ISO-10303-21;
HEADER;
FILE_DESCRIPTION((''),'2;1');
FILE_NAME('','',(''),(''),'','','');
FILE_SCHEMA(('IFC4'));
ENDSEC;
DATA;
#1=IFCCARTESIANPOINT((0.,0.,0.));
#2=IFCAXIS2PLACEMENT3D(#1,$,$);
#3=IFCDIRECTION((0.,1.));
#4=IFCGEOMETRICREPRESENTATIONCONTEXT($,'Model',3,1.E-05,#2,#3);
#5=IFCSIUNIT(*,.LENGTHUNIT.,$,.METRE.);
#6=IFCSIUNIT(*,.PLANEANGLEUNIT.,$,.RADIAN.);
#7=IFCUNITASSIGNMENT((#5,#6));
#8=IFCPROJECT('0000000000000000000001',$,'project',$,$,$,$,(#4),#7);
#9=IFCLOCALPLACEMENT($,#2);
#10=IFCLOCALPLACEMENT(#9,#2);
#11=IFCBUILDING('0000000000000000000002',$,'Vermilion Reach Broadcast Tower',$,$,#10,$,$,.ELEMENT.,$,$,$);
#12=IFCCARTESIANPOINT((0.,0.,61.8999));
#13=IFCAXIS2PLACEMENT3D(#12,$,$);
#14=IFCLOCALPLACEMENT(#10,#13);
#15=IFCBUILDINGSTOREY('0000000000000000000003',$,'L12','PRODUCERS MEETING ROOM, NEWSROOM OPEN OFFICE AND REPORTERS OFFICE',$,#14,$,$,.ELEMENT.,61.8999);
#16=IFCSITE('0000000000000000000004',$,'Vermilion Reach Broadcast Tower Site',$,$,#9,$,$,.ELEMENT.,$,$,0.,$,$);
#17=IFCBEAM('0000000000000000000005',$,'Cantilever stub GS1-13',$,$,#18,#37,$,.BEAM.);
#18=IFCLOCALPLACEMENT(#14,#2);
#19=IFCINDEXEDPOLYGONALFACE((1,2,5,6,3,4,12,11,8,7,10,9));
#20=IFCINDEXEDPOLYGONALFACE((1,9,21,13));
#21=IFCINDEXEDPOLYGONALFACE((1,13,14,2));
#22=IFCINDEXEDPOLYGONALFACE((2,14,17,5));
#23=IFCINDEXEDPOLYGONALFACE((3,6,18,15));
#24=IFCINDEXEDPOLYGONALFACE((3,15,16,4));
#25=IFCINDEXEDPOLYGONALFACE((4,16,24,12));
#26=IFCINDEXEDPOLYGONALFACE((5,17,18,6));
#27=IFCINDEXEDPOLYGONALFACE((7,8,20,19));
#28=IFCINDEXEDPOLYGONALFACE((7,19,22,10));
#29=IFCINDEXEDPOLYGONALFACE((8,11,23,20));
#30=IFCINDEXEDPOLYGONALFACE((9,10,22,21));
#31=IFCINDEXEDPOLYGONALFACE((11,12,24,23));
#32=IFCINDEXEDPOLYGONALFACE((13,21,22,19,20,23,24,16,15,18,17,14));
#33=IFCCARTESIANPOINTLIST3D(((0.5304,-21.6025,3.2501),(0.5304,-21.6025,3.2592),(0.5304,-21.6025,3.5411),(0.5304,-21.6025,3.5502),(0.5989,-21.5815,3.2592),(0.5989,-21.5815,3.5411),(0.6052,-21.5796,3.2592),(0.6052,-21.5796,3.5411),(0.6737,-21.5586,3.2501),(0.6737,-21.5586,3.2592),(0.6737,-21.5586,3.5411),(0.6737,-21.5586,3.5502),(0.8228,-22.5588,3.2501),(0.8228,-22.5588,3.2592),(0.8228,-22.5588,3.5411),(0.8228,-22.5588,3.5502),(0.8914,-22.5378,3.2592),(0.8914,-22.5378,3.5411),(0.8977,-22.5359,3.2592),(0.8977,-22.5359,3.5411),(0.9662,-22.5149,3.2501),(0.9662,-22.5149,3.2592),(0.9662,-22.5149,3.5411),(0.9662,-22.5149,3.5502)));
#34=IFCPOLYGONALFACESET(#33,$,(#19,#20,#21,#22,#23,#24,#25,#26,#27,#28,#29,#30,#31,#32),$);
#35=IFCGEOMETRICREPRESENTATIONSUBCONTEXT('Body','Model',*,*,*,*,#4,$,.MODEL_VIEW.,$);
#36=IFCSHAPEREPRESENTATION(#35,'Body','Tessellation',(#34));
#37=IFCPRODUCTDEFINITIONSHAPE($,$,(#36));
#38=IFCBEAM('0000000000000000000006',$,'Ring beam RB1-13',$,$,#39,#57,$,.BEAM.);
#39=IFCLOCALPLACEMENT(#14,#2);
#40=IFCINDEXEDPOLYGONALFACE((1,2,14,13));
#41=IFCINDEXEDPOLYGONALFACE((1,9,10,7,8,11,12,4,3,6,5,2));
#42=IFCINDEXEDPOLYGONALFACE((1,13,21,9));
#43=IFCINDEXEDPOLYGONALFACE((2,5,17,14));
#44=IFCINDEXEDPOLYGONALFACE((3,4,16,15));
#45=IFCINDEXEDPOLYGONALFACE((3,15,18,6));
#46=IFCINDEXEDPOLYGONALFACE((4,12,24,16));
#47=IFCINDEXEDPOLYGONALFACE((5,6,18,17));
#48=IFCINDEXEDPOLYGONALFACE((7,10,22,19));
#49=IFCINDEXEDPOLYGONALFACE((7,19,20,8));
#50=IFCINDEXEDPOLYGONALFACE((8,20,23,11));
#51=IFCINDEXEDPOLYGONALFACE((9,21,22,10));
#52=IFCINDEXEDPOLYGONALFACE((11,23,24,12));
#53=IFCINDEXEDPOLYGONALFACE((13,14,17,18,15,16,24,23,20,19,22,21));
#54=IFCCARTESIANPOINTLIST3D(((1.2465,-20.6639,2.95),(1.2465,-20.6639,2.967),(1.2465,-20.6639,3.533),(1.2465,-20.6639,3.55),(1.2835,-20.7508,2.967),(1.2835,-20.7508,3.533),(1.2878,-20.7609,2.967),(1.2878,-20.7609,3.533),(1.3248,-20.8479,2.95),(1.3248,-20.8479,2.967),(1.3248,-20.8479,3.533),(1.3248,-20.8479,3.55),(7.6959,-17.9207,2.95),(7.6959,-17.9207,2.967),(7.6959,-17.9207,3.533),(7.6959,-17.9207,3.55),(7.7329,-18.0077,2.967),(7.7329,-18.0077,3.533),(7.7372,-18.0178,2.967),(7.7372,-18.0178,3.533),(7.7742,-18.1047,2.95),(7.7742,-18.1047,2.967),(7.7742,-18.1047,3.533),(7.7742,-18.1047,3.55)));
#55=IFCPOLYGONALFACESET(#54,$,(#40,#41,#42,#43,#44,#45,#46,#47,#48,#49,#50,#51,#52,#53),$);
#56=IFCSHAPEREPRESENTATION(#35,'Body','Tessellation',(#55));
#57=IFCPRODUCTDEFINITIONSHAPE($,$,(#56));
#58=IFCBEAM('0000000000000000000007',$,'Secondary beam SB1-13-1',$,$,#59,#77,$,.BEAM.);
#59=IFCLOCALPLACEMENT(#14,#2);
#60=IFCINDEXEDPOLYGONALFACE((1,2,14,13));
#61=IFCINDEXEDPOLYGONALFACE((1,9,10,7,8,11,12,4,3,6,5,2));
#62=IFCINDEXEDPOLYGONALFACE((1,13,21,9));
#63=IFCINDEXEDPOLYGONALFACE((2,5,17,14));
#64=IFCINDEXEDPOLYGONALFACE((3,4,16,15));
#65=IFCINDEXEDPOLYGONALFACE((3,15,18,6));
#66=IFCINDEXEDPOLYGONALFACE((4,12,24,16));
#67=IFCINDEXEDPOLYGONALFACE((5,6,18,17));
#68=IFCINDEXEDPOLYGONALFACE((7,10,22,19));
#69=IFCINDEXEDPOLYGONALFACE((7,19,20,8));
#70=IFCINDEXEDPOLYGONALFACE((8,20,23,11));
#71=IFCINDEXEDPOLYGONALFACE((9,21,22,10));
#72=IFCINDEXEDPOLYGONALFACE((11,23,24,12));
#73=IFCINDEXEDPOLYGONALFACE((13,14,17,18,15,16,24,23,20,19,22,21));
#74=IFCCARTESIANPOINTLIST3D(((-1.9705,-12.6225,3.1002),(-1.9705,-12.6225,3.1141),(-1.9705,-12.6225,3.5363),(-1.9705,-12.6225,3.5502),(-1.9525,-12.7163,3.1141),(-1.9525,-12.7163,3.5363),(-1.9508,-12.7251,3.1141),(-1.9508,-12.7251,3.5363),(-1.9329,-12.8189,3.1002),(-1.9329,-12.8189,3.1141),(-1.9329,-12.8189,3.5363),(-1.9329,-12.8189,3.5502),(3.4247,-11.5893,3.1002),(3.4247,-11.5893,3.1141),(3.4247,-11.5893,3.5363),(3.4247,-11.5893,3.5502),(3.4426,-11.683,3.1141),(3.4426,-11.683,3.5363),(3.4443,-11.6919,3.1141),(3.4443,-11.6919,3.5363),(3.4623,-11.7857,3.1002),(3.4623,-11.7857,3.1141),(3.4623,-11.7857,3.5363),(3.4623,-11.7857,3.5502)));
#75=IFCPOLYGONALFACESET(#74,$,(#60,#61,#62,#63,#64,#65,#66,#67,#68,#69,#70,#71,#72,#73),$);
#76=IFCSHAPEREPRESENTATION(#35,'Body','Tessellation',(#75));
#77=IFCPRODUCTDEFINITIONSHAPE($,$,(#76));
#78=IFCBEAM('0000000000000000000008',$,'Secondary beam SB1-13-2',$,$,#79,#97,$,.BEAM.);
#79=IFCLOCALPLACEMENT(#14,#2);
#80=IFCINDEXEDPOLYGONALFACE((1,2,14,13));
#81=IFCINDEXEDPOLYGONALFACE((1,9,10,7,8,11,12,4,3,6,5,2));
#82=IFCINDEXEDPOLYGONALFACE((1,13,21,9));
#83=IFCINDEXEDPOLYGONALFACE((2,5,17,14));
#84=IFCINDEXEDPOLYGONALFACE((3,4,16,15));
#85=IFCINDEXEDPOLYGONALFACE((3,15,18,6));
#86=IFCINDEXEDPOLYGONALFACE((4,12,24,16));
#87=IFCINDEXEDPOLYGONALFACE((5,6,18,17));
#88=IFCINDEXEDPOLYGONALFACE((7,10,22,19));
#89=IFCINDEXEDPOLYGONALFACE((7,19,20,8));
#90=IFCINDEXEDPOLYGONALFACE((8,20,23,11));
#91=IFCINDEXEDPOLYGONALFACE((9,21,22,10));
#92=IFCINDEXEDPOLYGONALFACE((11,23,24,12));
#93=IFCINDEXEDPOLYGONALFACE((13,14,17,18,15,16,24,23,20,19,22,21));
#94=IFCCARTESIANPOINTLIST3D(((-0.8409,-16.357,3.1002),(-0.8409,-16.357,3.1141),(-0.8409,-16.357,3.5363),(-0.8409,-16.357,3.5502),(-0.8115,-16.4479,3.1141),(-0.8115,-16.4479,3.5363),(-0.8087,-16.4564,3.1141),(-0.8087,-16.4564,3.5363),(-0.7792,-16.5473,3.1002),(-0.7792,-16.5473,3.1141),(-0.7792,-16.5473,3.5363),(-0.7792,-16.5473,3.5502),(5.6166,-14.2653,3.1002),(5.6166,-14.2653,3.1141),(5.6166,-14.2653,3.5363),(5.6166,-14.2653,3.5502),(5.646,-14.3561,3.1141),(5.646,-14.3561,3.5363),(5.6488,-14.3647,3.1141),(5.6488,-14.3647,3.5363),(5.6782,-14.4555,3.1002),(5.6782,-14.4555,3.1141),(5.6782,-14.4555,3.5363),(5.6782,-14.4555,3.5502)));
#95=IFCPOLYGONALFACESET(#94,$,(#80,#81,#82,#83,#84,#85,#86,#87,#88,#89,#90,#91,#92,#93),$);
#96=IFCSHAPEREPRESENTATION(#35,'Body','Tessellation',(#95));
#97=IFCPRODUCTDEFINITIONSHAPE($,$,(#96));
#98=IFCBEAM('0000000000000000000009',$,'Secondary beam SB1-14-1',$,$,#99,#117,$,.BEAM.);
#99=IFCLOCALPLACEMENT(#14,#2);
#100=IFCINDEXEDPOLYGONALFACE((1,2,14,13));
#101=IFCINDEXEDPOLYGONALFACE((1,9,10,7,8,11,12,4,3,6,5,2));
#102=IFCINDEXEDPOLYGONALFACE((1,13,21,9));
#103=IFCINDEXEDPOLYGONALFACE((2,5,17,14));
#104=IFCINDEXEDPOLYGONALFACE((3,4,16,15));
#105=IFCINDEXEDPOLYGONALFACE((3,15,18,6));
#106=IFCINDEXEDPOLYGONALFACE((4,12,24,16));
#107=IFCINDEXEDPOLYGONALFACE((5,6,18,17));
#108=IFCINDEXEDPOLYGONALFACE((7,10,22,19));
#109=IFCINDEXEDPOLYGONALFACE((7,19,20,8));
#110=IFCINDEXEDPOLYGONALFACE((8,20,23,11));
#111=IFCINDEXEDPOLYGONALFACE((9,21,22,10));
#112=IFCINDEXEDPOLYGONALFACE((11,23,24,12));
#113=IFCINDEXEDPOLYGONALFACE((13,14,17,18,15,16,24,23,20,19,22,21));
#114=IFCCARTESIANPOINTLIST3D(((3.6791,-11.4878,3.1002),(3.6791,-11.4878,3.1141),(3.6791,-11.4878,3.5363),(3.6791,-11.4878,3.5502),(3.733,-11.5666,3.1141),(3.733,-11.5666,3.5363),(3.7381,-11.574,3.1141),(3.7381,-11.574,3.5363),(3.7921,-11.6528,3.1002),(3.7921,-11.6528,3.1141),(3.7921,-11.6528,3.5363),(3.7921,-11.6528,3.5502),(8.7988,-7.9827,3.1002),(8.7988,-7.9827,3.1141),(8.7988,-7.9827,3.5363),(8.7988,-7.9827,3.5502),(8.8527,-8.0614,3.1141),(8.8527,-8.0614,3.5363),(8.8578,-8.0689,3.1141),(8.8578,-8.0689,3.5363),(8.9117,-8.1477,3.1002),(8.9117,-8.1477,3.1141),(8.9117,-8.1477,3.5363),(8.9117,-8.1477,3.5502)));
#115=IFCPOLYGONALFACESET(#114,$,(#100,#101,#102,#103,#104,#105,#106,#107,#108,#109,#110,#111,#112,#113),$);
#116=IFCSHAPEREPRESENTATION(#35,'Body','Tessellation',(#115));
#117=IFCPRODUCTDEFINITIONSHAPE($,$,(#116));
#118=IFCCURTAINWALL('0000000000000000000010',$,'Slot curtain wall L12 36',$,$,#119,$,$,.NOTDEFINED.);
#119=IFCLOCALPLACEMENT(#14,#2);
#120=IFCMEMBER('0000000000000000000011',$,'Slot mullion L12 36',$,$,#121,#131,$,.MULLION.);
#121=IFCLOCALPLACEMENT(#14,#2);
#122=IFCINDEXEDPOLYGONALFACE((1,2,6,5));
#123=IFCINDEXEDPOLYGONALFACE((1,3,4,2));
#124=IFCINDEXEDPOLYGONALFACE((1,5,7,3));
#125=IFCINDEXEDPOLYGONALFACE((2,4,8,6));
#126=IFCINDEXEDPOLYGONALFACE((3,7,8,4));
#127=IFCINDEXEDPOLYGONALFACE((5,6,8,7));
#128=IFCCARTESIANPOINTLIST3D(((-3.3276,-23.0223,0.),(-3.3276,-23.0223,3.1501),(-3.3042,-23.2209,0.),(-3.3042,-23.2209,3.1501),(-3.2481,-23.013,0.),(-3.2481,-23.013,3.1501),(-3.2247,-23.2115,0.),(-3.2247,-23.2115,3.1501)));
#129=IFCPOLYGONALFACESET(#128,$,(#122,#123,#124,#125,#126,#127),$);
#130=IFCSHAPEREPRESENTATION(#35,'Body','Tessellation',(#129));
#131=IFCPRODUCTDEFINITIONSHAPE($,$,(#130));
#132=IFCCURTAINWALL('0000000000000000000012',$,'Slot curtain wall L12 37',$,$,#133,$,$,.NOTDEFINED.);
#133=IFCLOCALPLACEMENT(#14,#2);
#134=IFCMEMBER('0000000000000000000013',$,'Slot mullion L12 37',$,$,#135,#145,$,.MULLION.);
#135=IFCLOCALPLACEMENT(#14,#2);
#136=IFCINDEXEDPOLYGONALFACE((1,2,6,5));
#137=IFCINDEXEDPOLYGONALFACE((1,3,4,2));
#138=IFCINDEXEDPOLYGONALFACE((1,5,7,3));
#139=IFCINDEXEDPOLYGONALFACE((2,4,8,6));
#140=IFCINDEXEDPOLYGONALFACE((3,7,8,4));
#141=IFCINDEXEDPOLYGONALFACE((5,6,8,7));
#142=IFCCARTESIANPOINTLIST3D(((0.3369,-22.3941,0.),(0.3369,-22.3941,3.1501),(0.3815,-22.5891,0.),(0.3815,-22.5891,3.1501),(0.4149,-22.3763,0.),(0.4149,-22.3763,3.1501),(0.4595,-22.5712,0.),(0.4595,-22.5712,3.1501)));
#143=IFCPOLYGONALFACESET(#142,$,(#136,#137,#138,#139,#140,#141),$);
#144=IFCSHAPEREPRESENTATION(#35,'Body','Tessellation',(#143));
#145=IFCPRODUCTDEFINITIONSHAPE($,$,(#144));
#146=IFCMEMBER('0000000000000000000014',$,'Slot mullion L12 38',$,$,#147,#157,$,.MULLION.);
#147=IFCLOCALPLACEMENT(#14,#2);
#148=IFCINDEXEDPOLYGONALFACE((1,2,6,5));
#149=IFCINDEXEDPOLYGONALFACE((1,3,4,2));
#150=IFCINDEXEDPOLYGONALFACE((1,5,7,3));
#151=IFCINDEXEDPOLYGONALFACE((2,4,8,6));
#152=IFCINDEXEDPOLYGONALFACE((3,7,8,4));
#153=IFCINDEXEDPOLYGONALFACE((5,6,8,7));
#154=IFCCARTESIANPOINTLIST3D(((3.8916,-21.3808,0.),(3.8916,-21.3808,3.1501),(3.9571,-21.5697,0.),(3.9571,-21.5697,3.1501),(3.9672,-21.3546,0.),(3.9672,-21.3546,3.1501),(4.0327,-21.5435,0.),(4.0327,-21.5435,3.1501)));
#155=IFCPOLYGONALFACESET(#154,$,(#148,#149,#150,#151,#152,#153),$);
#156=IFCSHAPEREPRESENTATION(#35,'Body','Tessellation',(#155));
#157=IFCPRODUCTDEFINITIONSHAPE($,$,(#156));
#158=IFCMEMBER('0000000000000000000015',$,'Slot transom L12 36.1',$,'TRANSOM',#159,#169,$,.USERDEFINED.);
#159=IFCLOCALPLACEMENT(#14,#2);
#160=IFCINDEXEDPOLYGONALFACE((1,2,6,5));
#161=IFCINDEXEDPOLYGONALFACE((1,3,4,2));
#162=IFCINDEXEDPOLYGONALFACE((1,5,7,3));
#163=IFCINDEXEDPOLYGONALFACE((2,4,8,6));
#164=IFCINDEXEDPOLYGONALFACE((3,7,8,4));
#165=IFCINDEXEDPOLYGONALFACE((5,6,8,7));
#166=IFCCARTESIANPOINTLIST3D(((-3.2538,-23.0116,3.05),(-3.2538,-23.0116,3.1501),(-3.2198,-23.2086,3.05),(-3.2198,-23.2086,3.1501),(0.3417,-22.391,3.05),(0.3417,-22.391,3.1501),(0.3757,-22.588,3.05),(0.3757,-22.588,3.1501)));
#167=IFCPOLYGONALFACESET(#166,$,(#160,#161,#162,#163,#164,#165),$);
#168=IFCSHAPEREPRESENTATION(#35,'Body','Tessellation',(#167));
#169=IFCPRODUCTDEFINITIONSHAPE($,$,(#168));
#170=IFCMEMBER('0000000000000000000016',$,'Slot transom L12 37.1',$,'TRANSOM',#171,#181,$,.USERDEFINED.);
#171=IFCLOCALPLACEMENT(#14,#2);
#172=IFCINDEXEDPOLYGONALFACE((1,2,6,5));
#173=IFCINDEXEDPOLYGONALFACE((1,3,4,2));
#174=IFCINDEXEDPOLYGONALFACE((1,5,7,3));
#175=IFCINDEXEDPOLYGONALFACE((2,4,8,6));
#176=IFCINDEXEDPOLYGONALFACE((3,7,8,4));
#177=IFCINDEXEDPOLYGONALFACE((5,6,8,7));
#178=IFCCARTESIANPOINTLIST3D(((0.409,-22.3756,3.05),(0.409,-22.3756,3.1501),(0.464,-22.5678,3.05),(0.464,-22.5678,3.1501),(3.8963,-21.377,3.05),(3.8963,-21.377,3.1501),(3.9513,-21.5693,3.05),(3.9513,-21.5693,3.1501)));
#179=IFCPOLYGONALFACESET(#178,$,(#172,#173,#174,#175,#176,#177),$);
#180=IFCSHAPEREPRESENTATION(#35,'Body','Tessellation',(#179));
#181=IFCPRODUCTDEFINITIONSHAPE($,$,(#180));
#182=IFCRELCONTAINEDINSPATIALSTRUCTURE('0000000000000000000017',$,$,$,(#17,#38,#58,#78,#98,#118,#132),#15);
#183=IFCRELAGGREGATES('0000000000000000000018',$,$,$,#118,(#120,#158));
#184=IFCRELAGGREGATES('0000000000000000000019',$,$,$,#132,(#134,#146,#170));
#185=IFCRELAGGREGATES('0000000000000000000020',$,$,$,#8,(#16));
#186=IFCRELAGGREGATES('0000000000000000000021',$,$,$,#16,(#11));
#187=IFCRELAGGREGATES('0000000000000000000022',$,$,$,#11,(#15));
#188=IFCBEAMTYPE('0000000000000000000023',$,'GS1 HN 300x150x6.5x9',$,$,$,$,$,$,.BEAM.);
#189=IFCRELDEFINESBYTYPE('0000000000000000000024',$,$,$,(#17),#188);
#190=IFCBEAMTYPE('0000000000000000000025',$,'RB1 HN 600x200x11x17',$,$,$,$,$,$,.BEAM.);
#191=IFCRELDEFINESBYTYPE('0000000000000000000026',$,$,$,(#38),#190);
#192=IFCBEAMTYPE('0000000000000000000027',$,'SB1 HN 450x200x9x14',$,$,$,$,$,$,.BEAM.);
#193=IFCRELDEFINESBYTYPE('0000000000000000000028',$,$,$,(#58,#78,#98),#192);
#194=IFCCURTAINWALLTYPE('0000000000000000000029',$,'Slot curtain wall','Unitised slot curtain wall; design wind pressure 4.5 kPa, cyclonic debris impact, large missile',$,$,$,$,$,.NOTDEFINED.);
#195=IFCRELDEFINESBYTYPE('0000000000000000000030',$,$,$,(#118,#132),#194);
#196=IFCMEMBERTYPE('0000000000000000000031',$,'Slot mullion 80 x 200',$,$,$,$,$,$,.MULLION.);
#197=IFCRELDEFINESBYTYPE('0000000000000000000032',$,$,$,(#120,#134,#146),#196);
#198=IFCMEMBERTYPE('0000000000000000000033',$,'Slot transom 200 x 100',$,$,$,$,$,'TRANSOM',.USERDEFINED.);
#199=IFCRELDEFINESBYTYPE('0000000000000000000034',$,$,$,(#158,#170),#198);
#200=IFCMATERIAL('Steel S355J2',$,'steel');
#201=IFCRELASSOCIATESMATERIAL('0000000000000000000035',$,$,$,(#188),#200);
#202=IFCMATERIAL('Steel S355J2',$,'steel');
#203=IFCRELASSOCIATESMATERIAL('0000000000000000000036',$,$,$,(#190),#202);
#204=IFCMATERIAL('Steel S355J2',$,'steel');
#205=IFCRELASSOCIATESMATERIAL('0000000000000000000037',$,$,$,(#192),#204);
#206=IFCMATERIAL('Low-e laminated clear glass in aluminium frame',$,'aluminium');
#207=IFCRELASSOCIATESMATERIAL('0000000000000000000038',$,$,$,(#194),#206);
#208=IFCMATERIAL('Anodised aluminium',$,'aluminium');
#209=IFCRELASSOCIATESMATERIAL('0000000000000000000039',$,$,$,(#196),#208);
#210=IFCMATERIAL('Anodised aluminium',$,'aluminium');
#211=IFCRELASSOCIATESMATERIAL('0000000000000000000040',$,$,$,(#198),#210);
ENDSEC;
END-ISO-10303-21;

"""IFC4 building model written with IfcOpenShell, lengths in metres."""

from ifc_helpers import new_model, si_unit, direction, frame, origin, origin_2d, place, context, subcontext, project, spatial, rectangle, i_section, extrude, material, material_profile, profile_set, type_object, element, aggregate, save


model = new_model("IFC4")

# Units and contexts
model_context = context("Model", 3, precision=1e-05, world=origin(), true_north=direction((0.0, 1.0)))
body_context = subcontext(model_context, "Body", "Model", "MODEL_VIEW")
ifc_project = project(units=[si_unit("LENGTHUNIT", "METRE"), si_unit("PLANEANGLEUNIT", "RADIAN")], contexts=[model_context])

# Site, building, storey
site_placement = place(None, origin())
site = spatial("IfcSite", under=ifc_project, at=site_placement, Name="Vermilion Reach Broadcast Tower Site", CompositionType="ELEMENT", RefElevation=0.0)
building_placement = place(site_placement, origin())
building = spatial("IfcBuilding", under=site, at=building_placement, Name="Vermilion Reach Broadcast Tower", CompositionType="ELEMENT")
storey_placement = place(building_placement, frame((0.0, 0.0, 61.8999)))
storey = spatial("IfcBuildingStorey", under=building, at=storey_placement, Name="L12", Description="PRODUCERS MEETING ROOM, NEWSROOM OPEN OFFICE AND REPORTERS OFFICE", CompositionType="ELEMENT", Elevation=61.8999)

# Beams
ifc_material_1 = material(Name="Steel S355J2", Category="steel")
ifc_material_profile_1 = material_profile(ifc_material_1, i_section(OverallWidth=0.1499, OverallDepth=0.3, WebThickness=0.0066, FlangeThickness=0.009, at=origin_2d()), Name="S355J2 HN 300x150x6.5x9")
ifc_profile_set_1 = profile_set([ifc_material_profile_1], Name="Steel S355J2")
beam_type_1 = type_object("IfcBeamType", Name="GS1 HN 300x150x6.5x9", PredefinedType="BEAM", material=ifc_profile_set_1)
beam_1_placement = place(storey_placement, frame((0.6021, -21.5806, 3.4001), z_axis=(0.292473, -0.956274, 0.0), x_axis=(0.956274, 0.292473, 0.0)))
element("IfcBeam", 1, at=beam_1_placement, inside=storey, type_object=beam_type_1, Name="Cantilever stub GS1-13", PredefinedType="BEAM", context=body_context, shape_type="SweptSolid", body=[
    extrude(i_section(OverallWidth=0.1499, OverallDepth=0.3, WebThickness=0.0066, FlangeThickness=0.009, at=origin_2d()), origin(), (0.0, 0.0, 1.0), 1.0),
])
ifc_material_2 = material(Name="Steel S355J2", Category="steel")
ifc_material_profile_2 = material_profile(ifc_material_2, i_section(OverallWidth=0.2, OverallDepth=0.6001, WebThickness=0.011, FlangeThickness=0.0171, at=origin_2d()), Name="S355J2 HN 600x200x11x17")
ifc_profile_set_2 = profile_set([ifc_material_profile_2], Name="Steel S355J2")
beam_type_2 = type_object("IfcBeamType", Name="RB1 HN 600x200x11x17", PredefinedType="BEAM", material=ifc_profile_set_2)
beam_2_placement = place(storey_placement, frame((1.2856, -20.7559, 3.25), z_axis=(0.920221, 0.3914, 0.0), x_axis=(-0.3914, 0.920221, 0.0)))
element("IfcBeam", 2, at=beam_2_placement, inside=storey, type_object=beam_type_2, Name="Ring beam RB1-13", PredefinedType="BEAM", context=body_context, shape_type="SweptSolid", body=[
    extrude(i_section(OverallWidth=0.2, OverallDepth=0.6001, WebThickness=0.011, FlangeThickness=0.0171, at=origin_2d()), origin(), (0.0, 0.0, 1.0), 7.0085),
])
ifc_material_3 = material(Name="Steel S355J2", Category="steel")
ifc_material_profile_3 = material_profile(ifc_material_3, i_section(OverallWidth=0.2, OverallDepth=0.45, WebThickness=0.009, FlangeThickness=0.0139, at=origin_2d()), Name="S355J2 HN 450x200x9x14")
ifc_profile_set_3 = profile_set([ifc_material_profile_3], Name="Steel S355J2")
beam_type_3 = type_object("IfcBeamType", Name="SB1 HN 450x200x9x14", PredefinedType="BEAM", material=ifc_profile_set_3)
beam_3_placement = place(storey_placement, frame((-1.9517, -12.7207, 3.3252), z_axis=(0.982151, 0.188092, 0.0), x_axis=(-0.188092, 0.982151, 0.0)))
element("IfcBeam", 3, at=beam_3_placement, inside=storey, type_object=beam_type_3, Name="Secondary beam SB1-13-1", PredefinedType="BEAM", context=body_context, shape_type="SweptSolid", body=[
    extrude(i_section(OverallWidth=0.2, OverallDepth=0.45, WebThickness=0.009, FlangeThickness=0.0139, at=origin_2d()), origin(), (0.0, 0.0, 1.0), 5.4932),
])
beam_4_placement = place(storey_placement, frame((-0.8101, -16.4521, 3.3252), z_axis=(0.951332, 0.308167, 0.0), x_axis=(-0.308167, 0.951332, 0.0)))
element("IfcBeam", 4, at=beam_4_placement, inside=storey, type_object=beam_type_3, Name="Secondary beam SB1-13-2", PredefinedType="BEAM", context=body_context, shape_type="SweptSolid", body=[
    extrude(i_section(OverallWidth=0.2, OverallDepth=0.45, WebThickness=0.009, FlangeThickness=0.0139, at=origin_2d()), origin(), (0.0, 0.0, 1.0), 6.7878),
])
beam_5_placement = place(storey_placement, frame((3.7356, -11.5703, 3.3252), z_axis=(0.82514, 0.564928, 0.0), x_axis=(-0.564928, 0.82514, 0.0)))
element("IfcBeam", 5, at=beam_5_placement, inside=storey, type_object=beam_type_3, Name="Secondary beam SB1-14-1", PredefinedType="BEAM", context=body_context, shape_type="SweptSolid", body=[
    extrude(i_section(OverallWidth=0.2, OverallDepth=0.45, WebThickness=0.009, FlangeThickness=0.0139, at=origin_2d()), origin(), (0.0, 0.0, 1.0), 6.2046),
])

# Curtain wall, member
ifc_material_4 = material(Name="Low-e laminated clear glass in aluminium frame", Category="aluminium")
curtain_wall_type = type_object("IfcCurtainWallType", Name="Slot curtain wall", Description="Unitised slot curtain wall; design wind pressure 4.5 kPa, cyclonic debris impact, large missile", PredefinedType="NOTDEFINED", material=ifc_material_4)
placement = place(storey_placement, origin())
curtain_wall_1 = element("IfcCurtainWall", 6, at=placement, inside=storey, type_object=curtain_wall_type, Name="Slot curtain wall L12 36", PredefinedType="NOTDEFINED")
ifc_material_5 = material(Name="Anodised aluminium", Category="aluminium")
ifc_material_profile_4 = material_profile(ifc_material_5, rectangle(XDim=0.2, YDim=0.0801, at=origin_2d()), Name="Slot mullion 80 x 200")
ifc_profile_set_4 = profile_set([ifc_material_profile_4], Name="Anodised aluminium")
member_type_1 = type_object("IfcMemberType", Name="Slot mullion 80 x 200", PredefinedType="MULLION", material=ifc_profile_set_4)
member_1_placement = place(storey_placement, frame((-3.2761, -23.1169, 0.0), z_axis=(0.0, 0.0, 1.0), x_axis=(-0.117017, 0.99313, 0.0)))
member_1 = element("IfcMember", 7, at=member_1_placement, type_object=member_type_1, Name="Slot mullion L12 36", PredefinedType="MULLION", context=body_context, shape_type="SweptSolid", body=[
    extrude(rectangle(XDim=0.2, YDim=0.0801, at=origin_2d()), origin(), (0.0, 0.0, 1.0), 3.1501),
])

# Curtain wall, members
curtain_wall_2 = element("IfcCurtainWall", 8, at=placement, inside=storey, type_object=curtain_wall_type, Name="Slot curtain wall L12 37", PredefinedType="NOTDEFINED")
member_2_placement = place(storey_placement, frame((0.3982, -22.4827, 0.0), z_axis=(0.0, 0.0, 1.0), x_axis=(-0.223011, 0.974816, 0.0)))
member_2 = element("IfcMember", 9, at=member_2_placement, type_object=member_type_1, Name="Slot mullion L12 37", PredefinedType="MULLION", context=body_context, shape_type="SweptSolid", body=[
    extrude(rectangle(XDim=0.2, YDim=0.0801, at=origin_2d()), origin(), (0.0, 0.0, 1.0), 3.1501),
])
member_3_placement = place(storey_placement, frame((3.9622, -21.4622, 0.0), z_axis=(0.0, 0.0, 1.0), x_axis=(-0.327564, 0.944829, 0.0)))
member_3 = element("IfcMember", 10, at=member_3_placement, type_object=member_type_1, Name="Slot mullion L12 38", PredefinedType="MULLION", context=body_context, shape_type="SweptSolid", body=[
    extrude(rectangle(XDim=0.2, YDim=0.0801, at=origin_2d()), origin(), (0.0, 0.0, 1.0), 3.1501),
])

# Members
ifc_material_6 = material(Name="Anodised aluminium", Category="aluminium")
ifc_material_profile_5 = material_profile(ifc_material_6, rectangle(XDim=0.2, YDim=0.1001, at=origin_2d()), Name="Slot transom 200 x 100")
ifc_profile_set_5 = profile_set([ifc_material_profile_5], Name="Anodised aluminium")
member_type_2 = type_object("IfcMemberType", Name="Slot transom 200 x 100", ElementType="TRANSOM", PredefinedType="USERDEFINED", material=ifc_profile_set_5)
member_4_placement = place(storey_placement, frame((-3.2368, -23.1101, 3.1001), z_axis=(0.985428, 0.170093, 0.0), x_axis=(-0.170093, 0.985428, 0.0)))
member_4 = element("IfcMember", 11, at=member_4_placement, type_object=member_type_2, Name="Slot transom L12 36.1", ObjectType="TRANSOM", PredefinedType="USERDEFINED", context=body_context, shape_type="SweptSolid", body=[
    extrude(rectangle(XDim=0.2, YDim=0.1001, at=origin_2d()), origin(), (0.0, 0.0, 1.0), 3.6487),
])
member_5_placement = place(storey_placement, frame((0.4365, -22.4717, 3.1001), z_axis=(0.961366, 0.275272, 0.0), x_axis=(-0.275272, 0.961366, 0.0)))
member_5 = element("IfcMember", 12, at=member_5_placement, type_object=member_type_2, Name="Slot transom L12 37.1", ObjectType="TRANSOM", PredefinedType="USERDEFINED", context=body_context, shape_type="SweptSolid", body=[
    extrude(rectangle(XDim=0.2, YDim=0.1001, at=origin_2d()), origin(), (0.0, 0.0, 1.0), 3.6274),
])

aggregate(curtain_wall_1, [member_1, member_4])
aggregate(curtain_wall_2, [member_2, member_3, member_5])

save(model, "model.ifc")
